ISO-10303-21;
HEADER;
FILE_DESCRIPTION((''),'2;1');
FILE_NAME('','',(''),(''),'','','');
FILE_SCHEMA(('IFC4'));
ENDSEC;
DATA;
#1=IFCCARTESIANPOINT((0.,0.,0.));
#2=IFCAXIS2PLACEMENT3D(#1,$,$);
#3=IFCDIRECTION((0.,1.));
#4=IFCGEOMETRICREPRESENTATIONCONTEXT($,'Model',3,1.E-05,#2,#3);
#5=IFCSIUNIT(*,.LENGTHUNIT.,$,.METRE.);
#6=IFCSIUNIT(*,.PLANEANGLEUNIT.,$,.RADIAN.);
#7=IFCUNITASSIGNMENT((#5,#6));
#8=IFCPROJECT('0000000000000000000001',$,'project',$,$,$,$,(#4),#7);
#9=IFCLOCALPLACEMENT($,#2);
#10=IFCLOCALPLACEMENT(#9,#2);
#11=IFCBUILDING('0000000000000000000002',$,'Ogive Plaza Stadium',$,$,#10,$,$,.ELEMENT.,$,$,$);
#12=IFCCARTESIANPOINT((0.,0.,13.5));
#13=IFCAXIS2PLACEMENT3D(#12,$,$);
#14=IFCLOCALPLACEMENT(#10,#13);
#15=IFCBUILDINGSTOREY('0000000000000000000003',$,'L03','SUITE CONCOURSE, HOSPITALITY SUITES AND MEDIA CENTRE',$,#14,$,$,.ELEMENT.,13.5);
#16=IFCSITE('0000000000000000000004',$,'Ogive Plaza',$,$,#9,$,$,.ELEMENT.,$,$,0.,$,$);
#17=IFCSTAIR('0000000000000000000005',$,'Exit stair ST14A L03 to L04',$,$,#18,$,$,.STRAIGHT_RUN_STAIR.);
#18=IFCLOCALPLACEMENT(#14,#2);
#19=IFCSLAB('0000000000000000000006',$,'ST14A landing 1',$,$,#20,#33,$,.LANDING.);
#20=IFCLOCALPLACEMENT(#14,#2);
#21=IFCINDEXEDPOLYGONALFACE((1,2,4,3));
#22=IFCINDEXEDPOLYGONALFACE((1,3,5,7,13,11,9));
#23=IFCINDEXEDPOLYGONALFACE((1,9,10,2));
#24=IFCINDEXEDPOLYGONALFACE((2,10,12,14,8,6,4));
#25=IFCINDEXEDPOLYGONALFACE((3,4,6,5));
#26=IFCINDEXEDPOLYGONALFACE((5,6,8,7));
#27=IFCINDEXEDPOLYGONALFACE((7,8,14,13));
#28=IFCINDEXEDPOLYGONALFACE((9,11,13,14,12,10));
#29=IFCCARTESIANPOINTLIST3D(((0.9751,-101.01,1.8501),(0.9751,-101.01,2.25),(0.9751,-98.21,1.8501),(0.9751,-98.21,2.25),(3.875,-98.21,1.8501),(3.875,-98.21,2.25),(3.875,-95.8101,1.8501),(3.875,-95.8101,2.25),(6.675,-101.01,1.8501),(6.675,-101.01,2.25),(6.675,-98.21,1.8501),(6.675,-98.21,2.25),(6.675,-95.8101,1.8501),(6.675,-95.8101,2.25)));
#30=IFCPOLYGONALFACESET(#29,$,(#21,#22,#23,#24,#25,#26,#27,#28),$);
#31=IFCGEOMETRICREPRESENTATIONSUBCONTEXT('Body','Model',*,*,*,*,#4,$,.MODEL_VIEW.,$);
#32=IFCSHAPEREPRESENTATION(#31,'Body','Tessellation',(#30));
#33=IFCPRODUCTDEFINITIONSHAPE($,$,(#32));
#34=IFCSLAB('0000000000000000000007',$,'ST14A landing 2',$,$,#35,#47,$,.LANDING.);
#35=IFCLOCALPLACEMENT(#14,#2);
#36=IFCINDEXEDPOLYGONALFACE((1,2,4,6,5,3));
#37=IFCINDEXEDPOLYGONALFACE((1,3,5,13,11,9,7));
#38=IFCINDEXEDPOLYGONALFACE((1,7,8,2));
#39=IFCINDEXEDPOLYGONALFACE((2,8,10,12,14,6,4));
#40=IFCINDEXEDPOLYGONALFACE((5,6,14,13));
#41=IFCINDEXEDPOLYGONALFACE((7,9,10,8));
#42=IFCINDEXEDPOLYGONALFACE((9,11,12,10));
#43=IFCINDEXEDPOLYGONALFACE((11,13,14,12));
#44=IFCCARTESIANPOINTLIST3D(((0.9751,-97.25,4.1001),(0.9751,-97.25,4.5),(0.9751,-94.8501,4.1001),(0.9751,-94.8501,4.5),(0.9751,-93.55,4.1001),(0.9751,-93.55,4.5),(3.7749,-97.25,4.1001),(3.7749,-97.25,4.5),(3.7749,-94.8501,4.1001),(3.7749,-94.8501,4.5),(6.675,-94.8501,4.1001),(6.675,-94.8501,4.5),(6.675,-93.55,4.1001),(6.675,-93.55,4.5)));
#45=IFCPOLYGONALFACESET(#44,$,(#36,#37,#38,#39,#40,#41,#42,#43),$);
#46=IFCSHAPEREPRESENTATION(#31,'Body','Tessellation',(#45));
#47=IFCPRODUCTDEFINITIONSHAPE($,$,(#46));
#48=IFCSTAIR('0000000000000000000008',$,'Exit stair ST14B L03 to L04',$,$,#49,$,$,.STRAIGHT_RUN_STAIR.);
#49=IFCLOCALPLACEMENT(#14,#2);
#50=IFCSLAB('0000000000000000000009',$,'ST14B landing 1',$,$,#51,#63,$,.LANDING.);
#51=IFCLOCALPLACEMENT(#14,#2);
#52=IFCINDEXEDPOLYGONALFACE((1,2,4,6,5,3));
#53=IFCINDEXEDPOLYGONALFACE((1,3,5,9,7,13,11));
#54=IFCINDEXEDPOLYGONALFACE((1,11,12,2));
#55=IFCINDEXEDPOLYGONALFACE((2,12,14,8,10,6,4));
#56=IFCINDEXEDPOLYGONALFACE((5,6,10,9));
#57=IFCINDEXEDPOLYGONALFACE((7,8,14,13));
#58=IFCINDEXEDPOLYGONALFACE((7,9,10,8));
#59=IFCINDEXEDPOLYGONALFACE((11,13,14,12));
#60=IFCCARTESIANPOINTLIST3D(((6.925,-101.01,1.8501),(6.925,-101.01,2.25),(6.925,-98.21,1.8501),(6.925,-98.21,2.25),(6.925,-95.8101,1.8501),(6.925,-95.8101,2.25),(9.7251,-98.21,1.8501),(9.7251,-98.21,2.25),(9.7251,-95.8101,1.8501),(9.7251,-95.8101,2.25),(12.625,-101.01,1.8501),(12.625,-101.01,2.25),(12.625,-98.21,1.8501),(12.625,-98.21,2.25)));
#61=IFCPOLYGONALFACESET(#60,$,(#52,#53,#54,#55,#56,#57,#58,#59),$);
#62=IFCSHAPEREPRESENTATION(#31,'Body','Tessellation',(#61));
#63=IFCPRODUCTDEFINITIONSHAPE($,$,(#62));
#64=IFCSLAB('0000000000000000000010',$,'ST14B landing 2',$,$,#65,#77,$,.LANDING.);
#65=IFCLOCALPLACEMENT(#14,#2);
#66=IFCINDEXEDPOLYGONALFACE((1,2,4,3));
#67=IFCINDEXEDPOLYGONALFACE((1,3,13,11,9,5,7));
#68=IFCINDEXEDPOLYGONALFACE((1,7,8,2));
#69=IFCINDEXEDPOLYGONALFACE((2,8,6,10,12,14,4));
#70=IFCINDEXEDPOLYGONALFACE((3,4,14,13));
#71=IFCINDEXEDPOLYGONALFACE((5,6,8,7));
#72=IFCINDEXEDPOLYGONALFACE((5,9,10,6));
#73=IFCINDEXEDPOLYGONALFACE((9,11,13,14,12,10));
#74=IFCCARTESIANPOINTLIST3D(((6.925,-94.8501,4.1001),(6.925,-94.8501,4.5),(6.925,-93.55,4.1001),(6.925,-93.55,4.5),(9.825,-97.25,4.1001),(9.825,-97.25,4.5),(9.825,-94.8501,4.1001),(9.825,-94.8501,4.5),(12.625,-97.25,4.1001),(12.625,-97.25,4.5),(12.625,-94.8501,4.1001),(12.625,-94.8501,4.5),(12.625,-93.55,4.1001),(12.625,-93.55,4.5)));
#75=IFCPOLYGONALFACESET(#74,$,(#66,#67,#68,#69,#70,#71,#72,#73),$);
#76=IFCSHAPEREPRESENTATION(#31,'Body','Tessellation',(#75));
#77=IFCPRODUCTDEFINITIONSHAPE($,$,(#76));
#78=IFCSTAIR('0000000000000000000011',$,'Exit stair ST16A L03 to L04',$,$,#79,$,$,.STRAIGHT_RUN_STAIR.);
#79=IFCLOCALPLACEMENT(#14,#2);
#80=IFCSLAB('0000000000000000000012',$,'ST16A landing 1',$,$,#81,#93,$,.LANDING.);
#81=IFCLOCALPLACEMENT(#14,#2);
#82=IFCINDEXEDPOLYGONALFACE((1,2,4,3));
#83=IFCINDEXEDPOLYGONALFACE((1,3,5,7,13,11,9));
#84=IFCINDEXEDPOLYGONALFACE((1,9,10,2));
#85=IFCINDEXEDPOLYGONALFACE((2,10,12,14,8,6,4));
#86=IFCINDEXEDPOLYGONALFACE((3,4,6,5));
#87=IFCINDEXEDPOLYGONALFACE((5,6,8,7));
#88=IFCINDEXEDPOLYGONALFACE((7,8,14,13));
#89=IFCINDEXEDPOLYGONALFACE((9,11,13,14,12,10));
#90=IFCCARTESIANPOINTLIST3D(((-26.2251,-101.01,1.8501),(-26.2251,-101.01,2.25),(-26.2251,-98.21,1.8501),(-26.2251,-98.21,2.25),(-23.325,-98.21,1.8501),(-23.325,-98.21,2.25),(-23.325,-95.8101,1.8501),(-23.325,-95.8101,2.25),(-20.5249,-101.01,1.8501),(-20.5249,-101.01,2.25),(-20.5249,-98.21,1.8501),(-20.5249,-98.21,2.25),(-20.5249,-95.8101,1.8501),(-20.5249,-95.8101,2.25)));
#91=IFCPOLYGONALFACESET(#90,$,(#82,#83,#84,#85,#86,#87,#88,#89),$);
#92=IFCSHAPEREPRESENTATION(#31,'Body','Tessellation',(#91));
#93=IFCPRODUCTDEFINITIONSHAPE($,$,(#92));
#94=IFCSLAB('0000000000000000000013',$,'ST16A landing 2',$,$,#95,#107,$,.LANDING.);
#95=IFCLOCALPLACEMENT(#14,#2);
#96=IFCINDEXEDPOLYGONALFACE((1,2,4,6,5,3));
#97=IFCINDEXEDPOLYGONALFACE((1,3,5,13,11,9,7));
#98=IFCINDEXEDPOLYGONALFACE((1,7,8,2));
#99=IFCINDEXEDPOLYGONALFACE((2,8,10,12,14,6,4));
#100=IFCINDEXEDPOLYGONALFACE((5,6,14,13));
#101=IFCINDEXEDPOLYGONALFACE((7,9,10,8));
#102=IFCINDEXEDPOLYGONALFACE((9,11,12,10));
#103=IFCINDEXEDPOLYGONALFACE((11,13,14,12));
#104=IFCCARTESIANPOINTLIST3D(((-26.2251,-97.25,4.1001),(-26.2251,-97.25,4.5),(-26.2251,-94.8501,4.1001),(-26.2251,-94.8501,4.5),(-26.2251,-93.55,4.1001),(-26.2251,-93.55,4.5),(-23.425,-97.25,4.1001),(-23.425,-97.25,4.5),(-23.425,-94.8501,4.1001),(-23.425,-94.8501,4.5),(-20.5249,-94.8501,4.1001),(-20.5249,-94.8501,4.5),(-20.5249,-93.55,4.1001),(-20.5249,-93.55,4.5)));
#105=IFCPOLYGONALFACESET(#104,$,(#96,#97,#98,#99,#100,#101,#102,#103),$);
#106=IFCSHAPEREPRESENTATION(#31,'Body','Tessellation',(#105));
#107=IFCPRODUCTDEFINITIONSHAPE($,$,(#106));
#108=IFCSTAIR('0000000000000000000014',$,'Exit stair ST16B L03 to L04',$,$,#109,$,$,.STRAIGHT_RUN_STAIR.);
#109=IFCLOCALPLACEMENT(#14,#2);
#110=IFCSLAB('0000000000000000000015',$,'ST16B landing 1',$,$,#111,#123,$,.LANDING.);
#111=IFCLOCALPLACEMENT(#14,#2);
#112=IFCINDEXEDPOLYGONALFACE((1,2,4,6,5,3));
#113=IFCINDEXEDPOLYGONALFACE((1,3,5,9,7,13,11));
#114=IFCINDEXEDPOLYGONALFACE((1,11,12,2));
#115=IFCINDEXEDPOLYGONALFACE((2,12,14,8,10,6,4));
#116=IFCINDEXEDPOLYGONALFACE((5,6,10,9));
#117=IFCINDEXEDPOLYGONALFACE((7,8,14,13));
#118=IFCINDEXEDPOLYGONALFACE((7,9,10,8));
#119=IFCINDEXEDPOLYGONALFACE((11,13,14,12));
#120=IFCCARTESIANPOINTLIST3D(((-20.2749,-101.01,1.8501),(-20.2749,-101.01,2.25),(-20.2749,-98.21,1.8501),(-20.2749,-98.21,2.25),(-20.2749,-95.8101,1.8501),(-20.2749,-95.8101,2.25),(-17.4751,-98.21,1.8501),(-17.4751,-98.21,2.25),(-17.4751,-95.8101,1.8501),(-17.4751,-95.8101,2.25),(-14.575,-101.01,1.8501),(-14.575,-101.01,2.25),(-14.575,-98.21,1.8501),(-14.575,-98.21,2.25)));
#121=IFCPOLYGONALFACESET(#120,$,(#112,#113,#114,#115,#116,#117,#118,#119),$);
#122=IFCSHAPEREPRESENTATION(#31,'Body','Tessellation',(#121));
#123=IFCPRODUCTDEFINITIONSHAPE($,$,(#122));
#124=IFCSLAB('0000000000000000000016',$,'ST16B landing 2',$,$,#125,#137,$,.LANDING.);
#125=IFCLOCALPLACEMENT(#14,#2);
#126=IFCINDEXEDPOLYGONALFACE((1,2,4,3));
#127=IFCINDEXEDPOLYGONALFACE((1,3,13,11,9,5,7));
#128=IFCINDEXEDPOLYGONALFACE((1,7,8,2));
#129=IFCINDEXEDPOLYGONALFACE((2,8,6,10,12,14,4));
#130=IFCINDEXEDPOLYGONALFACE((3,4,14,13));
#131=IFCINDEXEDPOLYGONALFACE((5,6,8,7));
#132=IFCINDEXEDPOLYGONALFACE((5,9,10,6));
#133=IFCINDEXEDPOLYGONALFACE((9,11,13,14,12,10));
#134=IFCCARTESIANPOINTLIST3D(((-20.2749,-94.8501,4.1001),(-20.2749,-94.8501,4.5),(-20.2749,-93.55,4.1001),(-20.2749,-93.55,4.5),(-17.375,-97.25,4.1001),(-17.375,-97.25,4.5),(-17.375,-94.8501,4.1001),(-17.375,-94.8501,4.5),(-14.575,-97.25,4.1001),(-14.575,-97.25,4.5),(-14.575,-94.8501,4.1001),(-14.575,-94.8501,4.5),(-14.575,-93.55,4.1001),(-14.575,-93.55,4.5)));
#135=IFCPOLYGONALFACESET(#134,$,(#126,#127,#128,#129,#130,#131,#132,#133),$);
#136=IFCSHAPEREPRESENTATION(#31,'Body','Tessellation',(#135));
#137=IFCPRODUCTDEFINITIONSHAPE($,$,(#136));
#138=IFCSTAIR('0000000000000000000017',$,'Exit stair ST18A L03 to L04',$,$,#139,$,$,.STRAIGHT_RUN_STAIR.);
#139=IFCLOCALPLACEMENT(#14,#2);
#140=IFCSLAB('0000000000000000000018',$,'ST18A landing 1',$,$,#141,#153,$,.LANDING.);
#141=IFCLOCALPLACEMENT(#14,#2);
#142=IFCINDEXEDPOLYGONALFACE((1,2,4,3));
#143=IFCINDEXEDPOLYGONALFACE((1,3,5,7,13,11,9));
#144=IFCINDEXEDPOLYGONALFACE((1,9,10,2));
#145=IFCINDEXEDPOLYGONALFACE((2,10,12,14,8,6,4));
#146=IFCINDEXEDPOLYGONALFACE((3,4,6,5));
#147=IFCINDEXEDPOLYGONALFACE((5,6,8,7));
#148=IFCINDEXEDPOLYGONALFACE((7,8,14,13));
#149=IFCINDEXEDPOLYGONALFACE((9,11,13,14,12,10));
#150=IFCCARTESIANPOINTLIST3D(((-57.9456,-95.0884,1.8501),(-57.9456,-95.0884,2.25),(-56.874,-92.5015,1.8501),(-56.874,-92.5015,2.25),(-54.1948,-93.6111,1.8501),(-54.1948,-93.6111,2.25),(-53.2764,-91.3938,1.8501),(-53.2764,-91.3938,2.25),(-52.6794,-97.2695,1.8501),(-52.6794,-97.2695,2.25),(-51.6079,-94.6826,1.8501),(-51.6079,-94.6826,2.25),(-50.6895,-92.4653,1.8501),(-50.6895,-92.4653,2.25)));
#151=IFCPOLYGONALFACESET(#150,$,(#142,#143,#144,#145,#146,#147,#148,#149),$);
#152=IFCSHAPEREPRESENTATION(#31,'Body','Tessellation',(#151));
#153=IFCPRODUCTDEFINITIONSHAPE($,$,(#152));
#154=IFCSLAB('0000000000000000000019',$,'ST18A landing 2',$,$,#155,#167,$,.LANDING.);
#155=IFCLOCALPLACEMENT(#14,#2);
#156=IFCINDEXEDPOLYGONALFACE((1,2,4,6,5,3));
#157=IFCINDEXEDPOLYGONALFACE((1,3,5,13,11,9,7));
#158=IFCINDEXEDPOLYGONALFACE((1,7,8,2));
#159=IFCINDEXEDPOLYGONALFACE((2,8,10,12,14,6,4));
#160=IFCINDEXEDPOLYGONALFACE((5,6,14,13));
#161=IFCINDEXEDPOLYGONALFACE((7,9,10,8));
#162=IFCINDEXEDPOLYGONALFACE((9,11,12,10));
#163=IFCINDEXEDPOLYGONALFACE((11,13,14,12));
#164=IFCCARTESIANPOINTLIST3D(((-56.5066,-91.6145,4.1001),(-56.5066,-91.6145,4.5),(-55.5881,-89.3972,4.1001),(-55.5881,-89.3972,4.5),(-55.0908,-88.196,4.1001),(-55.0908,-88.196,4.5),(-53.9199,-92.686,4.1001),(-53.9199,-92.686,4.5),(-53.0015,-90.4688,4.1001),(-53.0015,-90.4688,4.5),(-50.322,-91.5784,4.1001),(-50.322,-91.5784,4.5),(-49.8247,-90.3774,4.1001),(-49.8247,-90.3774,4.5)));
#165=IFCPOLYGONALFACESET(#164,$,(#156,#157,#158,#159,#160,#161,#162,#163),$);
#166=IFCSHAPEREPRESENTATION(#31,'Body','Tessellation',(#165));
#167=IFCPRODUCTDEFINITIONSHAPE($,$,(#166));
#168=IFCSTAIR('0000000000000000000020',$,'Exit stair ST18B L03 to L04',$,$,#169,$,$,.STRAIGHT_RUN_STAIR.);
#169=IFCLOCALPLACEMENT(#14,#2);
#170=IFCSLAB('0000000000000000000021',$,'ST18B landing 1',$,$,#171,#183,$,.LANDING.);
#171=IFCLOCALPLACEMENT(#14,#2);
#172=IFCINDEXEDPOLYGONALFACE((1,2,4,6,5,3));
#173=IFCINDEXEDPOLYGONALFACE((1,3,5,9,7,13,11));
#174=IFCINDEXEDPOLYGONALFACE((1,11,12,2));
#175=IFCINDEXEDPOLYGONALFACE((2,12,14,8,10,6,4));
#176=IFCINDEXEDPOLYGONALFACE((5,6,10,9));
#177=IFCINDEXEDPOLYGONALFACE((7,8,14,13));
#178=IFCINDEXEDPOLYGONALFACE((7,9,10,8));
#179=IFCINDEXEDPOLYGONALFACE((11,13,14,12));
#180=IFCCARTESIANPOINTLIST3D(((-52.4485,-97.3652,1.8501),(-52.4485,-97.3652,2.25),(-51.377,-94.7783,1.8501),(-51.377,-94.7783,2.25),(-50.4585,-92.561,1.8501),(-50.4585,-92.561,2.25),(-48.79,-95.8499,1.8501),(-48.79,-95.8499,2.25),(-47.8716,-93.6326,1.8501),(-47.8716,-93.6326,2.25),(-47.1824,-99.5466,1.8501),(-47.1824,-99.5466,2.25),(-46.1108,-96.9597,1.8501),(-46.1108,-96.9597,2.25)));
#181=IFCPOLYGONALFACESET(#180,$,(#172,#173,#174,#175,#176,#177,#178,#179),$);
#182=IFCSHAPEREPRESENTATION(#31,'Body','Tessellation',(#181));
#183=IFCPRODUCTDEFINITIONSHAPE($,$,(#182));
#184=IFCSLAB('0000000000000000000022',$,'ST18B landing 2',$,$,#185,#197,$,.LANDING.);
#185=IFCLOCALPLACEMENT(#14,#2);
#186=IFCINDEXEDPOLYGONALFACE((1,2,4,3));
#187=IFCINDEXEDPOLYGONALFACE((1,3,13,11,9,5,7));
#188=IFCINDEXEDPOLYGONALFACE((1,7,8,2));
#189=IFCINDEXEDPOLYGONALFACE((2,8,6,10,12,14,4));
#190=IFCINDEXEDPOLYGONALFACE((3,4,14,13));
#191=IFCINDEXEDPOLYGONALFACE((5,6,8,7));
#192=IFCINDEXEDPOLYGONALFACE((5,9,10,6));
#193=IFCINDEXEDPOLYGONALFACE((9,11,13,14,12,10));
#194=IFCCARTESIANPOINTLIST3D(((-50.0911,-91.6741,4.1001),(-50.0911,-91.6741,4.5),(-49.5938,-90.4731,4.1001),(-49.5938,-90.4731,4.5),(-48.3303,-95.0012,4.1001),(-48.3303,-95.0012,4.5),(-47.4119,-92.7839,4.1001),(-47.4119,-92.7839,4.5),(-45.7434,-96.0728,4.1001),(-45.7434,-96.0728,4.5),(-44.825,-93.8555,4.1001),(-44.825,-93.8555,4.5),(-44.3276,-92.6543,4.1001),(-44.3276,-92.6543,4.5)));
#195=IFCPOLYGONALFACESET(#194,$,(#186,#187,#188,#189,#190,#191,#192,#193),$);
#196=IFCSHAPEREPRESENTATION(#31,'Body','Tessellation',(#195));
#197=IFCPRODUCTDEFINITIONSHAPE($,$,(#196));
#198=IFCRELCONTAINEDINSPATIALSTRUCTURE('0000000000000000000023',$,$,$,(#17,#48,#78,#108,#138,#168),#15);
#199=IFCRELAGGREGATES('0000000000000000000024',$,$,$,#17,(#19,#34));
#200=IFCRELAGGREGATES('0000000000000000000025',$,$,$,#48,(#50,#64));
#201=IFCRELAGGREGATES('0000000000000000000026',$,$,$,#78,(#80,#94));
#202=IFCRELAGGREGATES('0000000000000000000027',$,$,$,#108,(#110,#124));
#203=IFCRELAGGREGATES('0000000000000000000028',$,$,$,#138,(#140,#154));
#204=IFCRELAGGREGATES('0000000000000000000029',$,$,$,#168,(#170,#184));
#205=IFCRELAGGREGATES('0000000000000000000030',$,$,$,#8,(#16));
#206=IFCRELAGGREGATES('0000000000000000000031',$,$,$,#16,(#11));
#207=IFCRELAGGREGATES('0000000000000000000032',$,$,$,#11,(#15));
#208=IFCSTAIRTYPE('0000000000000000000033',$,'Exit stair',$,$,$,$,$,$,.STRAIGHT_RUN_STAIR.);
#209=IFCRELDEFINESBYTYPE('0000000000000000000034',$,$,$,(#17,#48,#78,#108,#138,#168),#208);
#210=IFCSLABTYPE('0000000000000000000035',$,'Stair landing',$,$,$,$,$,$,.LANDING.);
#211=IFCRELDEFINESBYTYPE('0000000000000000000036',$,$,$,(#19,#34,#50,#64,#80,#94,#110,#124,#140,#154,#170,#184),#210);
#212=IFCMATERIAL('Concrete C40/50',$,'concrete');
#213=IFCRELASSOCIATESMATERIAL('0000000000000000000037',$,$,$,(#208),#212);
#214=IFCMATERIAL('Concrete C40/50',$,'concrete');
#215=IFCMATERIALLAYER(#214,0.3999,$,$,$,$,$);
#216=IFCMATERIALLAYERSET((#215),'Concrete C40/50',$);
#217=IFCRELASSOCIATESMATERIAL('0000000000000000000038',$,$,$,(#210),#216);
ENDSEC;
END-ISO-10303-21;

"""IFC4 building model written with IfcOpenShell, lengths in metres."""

from ifc_helpers import new_model, si_unit, direction, frame, origin, place, context, subcontext, project, spatial, polyline, outline, extrude, material, layer, layer_set, type_object, element, aggregate, save


model = new_model("IFC4")

# Units and contexts
model_context = context("Model", 3, precision=1e-05, world=origin(), true_north=direction((0.0, 1.0)))
body_context = subcontext(model_context, "Body", "Model", "MODEL_VIEW")
ifc_project = project(units=[si_unit("LENGTHUNIT", "METRE"), si_unit("PLANEANGLEUNIT", "RADIAN")], contexts=[model_context])

# Site, building, storey
site_placement = place(None, origin())
site = spatial("IfcSite", under=ifc_project, at=site_placement, Name="Ogive Plaza", CompositionType="ELEMENT", RefElevation=0.0)
building_placement = place(site_placement, origin())
building = spatial("IfcBuilding", under=site, at=building_placement, Name="Ogive Plaza Stadium", CompositionType="ELEMENT")
storey_placement = place(building_placement, frame((0.0, 0.0, 13.5)))
storey = spatial("IfcBuildingStorey", under=building, at=storey_placement, Name="L03", Description="SUITE CONCOURSE, HOSPITALITY SUITES AND MEDIA CENTRE", CompositionType="ELEMENT", Elevation=13.5)

# Stairs, slabs
ifc_material_1 = material(Name="Concrete C40/50", Category="concrete")
stair_type = type_object("IfcStairType", Name="Exit stair", PredefinedType="STRAIGHT_RUN_STAIR", material=ifc_material_1)
stair_1_placement = place(storey_placement, origin())
stair_1 = element("IfcStair", 1, at=stair_1_placement, inside=storey, type_object=stair_type, Name="Exit stair ST14A L03 to L04", PredefinedType="STRAIGHT_RUN_STAIR")
ifc_material_2 = material(Name="Concrete C40/50", Category="concrete")
ifc_layer = layer(ifc_material_2, 0.3999)
ifc_layer_set = layer_set([ifc_layer], Name="Concrete C40/50")
slab_type = type_object("IfcSlabType", Name="Stair landing", PredefinedType="LANDING", material=ifc_layer_set)
slab_1_placement = place(storey_placement, frame((0.0, 0.0, 1.8501)))
slab_1 = element("IfcSlab", 2, at=slab_1_placement, type_object=slab_type, Name="ST14A landing 1", PredefinedType="LANDING", context=body_context, shape_type="SweptSolid", body=[
    extrude(outline(polyline([(6.675, -101.01), (0.9751, -101.01), (0.9751, -98.21), (3.875, -98.21), (3.875, -95.8101), (6.675, -95.8101), (6.675, -98.21), (6.675, -101.01)])), origin(), (0.0, 0.0, 1.0), 0.3999),
])
slab_2_placement = place(storey_placement, frame((0.0, 0.0, 4.1001)))
slab_2 = element("IfcSlab", 3, at=slab_2_placement, type_object=slab_type, Name="ST14A landing 2", PredefinedType="LANDING", context=body_context, shape_type="SweptSolid", body=[
    extrude(outline(polyline([(3.7749, -97.25), (0.9751, -97.25), (0.9751, -94.8501), (0.9751, -93.55), (6.675, -93.55), (6.675, -94.8501), (3.7749, -94.8501), (3.7749, -97.25)])), origin(), (0.0, 0.0, 1.0), 0.3999),
])
aggregate(stair_1, [slab_1, slab_2])
stair_2_placement = place(storey_placement, origin())
stair_2 = element("IfcStair", 4, at=stair_2_placement, inside=storey, type_object=stair_type, Name="Exit stair ST14B L03 to L04", PredefinedType="STRAIGHT_RUN_STAIR")
slab_3_placement = place(storey_placement, frame((0.0, 0.0, 1.8501)))
slab_3 = element("IfcSlab", 5, at=slab_3_placement, type_object=slab_type, Name="ST14B landing 1", PredefinedType="LANDING", context=body_context, shape_type="SweptSolid", body=[
    extrude(outline(polyline([(6.925, -95.8101), (9.7251, -95.8101), (9.7251, -98.21), (12.625, -98.21), (12.625, -101.01), (6.925, -101.01), (6.925, -98.21), (6.925, -95.8101)])), origin(), (0.0, 0.0, 1.0), 0.3999),
])
slab_4_placement = place(storey_placement, frame((0.0, 0.0, 4.1001)))
slab_4 = element("IfcSlab", 6, at=slab_4_placement, type_object=slab_type, Name="ST14B landing 2", PredefinedType="LANDING", context=body_context, shape_type="SweptSolid", body=[
    extrude(outline(polyline([(6.925, -94.8501), (6.925, -93.55), (12.625, -93.55), (12.625, -94.8501), (12.625, -97.25), (9.825, -97.25), (9.825, -94.8501), (6.925, -94.8501)])), origin(), (0.0, 0.0, 1.0), 0.3999),
])
aggregate(stair_2, [slab_3, slab_4])
stair_3_placement = place(storey_placement, origin())
stair_3 = element("IfcStair", 7, at=stair_3_placement, inside=storey, type_object=stair_type, Name="Exit stair ST16A L03 to L04", PredefinedType="STRAIGHT_RUN_STAIR")
slab_5_placement = place(storey_placement, frame((0.0, 0.0, 1.8501)))
slab_5 = element("IfcSlab", 8, at=slab_5_placement, type_object=slab_type, Name="ST16A landing 1", PredefinedType="LANDING", context=body_context, shape_type="SweptSolid", body=[
    extrude(outline(polyline([(-20.5249, -101.01), (-26.2251, -101.01), (-26.2251, -98.21), (-23.325, -98.21), (-23.325, -95.8101), (-20.5249, -95.8101), (-20.5249, -98.21), (-20.5249, -101.01)])), origin(), (0.0, 0.0, 1.0), 0.3999),
])
slab_6_placement = place(storey_placement, frame((0.0, 0.0, 4.1001)))
slab_6 = element("IfcSlab", 9, at=slab_6_placement, type_object=slab_type, Name="ST16A landing 2", PredefinedType="LANDING", context=body_context, shape_type="SweptSolid", body=[
    extrude(outline(polyline([(-23.425, -97.25), (-26.2251, -97.25), (-26.2251, -94.8501), (-26.2251, -93.55), (-20.5249, -93.55), (-20.5249, -94.8501), (-23.425, -94.8501), (-23.425, -97.25)])), origin(), (0.0, 0.0, 1.0), 0.3999),
])
aggregate(stair_3, [slab_5, slab_6])
stair_4_placement = place(storey_placement, origin())
stair_4 = element("IfcStair", 10, at=stair_4_placement, inside=storey, type_object=stair_type, Name="Exit stair ST16B L03 to L04", PredefinedType="STRAIGHT_RUN_STAIR")
slab_7_placement = place(storey_placement, frame((0.0, 0.0, 1.8501)))
slab_7 = element("IfcSlab", 11, at=slab_7_placement, type_object=slab_type, Name="ST16B landing 1", PredefinedType="LANDING", context=body_context, shape_type="SweptSolid", body=[
    extrude(outline(polyline([(-20.2749, -95.8101), (-17.4751, -95.8101), (-17.4751, -98.21), (-14.575, -98.21), (-14.575, -101.01), (-20.2749, -101.01), (-20.2749, -98.21), (-20.2749, -95.8101)])), origin(), (0.0, 0.0, 1.0), 0.3999),
])
slab_8_placement = place(storey_placement, frame((0.0, 0.0, 4.1001)))
slab_8 = element("IfcSlab", 12, at=slab_8_placement, type_object=slab_type, Name="ST16B landing 2", PredefinedType="LANDING", context=body_context, shape_type="SweptSolid", body=[
    extrude(outline(polyline([(-20.2749, -94.8501), (-20.2749, -93.55), (-14.575, -93.55), (-14.575, -94.8501), (-14.575, -97.25), (-17.375, -97.25), (-17.375, -94.8501), (-20.2749, -94.8501)])), origin(), (0.0, 0.0, 1.0), 0.3999),
])
aggregate(stair_4, [slab_7, slab_8])
stair_5_placement = place(storey_placement, origin())
stair_5 = element("IfcStair", 13, at=stair_5_placement, inside=storey, type_object=stair_type, Name="Exit stair ST18A L03 to L04", PredefinedType="STRAIGHT_RUN_STAIR")
slab_9_placement = place(storey_placement, frame((0.0, 0.0, 1.8501)))
slab_9 = element("IfcSlab", 14, at=slab_9_placement, type_object=slab_type, Name="ST18A landing 1", PredefinedType="LANDING", context=body_context, shape_type="SweptSolid", body=[
    extrude(outline(polyline([(-52.6794, -97.2695), (-57.9456, -95.0884), (-56.874, -92.5015), (-54.1948, -93.6111), (-53.2764, -91.3938), (-50.6895, -92.4653), (-51.6079, -94.6826), (-52.6794, -97.2695)])), origin(), (0.0, 0.0, 1.0), 0.3999),
])
slab_10_placement = place(storey_placement, frame((0.0, 0.0, 4.1001)))
slab_10 = element("IfcSlab", 15, at=slab_10_placement, type_object=slab_type, Name="ST18A landing 2", PredefinedType="LANDING", context=body_context, shape_type="SweptSolid", body=[
    extrude(outline(polyline([(-53.9199, -92.686), (-56.5066, -91.6145), (-55.5881, -89.3972), (-55.0908, -88.196), (-49.8247, -90.3774), (-50.322, -91.5784), (-53.0015, -90.4688), (-53.9199, -92.686)])), origin(), (0.0, 0.0, 1.0), 0.3999),
])
aggregate(stair_5, [slab_9, slab_10])
stair_6_placement = place(storey_placement, origin())
stair_6 = element("IfcStair", 16, at=stair_6_placement, inside=storey, type_object=stair_type, Name="Exit stair ST18B L03 to L04", PredefinedType="STRAIGHT_RUN_STAIR")
slab_11_placement = place(storey_placement, frame((0.0, 0.0, 1.8501)))
slab_11 = element("IfcSlab", 17, at=slab_11_placement, type_object=slab_type, Name="ST18B landing 1", PredefinedType="LANDING", context=body_context, shape_type="SweptSolid", body=[
    extrude(outline(polyline([(-50.4585, -92.561), (-47.8716, -93.6326), (-48.79, -95.8499), (-46.1108, -96.9597), (-47.1824, -99.5466), (-52.4485, -97.3652), (-51.377, -94.7783), (-50.4585, -92.561)])), origin(), (0.0, 0.0, 1.0), 0.3999),
])
slab_12_placement = place(storey_placement, frame((0.0, 0.0, 4.1001)))
slab_12 = element("IfcSlab", 18, at=slab_12_placement, type_object=slab_type, Name="ST18B landing 2", PredefinedType="LANDING", context=body_context, shape_type="SweptSolid", body=[
    extrude(outline(polyline([(-50.0911, -91.6741), (-49.5938, -90.4731), (-44.3276, -92.6543), (-44.825, -93.8555), (-45.7434, -96.0728), (-48.3303, -95.0012), (-47.4119, -92.7839), (-50.0911, -91.6741)])), origin(), (0.0, 0.0, 1.0), 0.3999),
])
aggregate(stair_6, [slab_11, slab_12])

save(model, "model.ifc")
